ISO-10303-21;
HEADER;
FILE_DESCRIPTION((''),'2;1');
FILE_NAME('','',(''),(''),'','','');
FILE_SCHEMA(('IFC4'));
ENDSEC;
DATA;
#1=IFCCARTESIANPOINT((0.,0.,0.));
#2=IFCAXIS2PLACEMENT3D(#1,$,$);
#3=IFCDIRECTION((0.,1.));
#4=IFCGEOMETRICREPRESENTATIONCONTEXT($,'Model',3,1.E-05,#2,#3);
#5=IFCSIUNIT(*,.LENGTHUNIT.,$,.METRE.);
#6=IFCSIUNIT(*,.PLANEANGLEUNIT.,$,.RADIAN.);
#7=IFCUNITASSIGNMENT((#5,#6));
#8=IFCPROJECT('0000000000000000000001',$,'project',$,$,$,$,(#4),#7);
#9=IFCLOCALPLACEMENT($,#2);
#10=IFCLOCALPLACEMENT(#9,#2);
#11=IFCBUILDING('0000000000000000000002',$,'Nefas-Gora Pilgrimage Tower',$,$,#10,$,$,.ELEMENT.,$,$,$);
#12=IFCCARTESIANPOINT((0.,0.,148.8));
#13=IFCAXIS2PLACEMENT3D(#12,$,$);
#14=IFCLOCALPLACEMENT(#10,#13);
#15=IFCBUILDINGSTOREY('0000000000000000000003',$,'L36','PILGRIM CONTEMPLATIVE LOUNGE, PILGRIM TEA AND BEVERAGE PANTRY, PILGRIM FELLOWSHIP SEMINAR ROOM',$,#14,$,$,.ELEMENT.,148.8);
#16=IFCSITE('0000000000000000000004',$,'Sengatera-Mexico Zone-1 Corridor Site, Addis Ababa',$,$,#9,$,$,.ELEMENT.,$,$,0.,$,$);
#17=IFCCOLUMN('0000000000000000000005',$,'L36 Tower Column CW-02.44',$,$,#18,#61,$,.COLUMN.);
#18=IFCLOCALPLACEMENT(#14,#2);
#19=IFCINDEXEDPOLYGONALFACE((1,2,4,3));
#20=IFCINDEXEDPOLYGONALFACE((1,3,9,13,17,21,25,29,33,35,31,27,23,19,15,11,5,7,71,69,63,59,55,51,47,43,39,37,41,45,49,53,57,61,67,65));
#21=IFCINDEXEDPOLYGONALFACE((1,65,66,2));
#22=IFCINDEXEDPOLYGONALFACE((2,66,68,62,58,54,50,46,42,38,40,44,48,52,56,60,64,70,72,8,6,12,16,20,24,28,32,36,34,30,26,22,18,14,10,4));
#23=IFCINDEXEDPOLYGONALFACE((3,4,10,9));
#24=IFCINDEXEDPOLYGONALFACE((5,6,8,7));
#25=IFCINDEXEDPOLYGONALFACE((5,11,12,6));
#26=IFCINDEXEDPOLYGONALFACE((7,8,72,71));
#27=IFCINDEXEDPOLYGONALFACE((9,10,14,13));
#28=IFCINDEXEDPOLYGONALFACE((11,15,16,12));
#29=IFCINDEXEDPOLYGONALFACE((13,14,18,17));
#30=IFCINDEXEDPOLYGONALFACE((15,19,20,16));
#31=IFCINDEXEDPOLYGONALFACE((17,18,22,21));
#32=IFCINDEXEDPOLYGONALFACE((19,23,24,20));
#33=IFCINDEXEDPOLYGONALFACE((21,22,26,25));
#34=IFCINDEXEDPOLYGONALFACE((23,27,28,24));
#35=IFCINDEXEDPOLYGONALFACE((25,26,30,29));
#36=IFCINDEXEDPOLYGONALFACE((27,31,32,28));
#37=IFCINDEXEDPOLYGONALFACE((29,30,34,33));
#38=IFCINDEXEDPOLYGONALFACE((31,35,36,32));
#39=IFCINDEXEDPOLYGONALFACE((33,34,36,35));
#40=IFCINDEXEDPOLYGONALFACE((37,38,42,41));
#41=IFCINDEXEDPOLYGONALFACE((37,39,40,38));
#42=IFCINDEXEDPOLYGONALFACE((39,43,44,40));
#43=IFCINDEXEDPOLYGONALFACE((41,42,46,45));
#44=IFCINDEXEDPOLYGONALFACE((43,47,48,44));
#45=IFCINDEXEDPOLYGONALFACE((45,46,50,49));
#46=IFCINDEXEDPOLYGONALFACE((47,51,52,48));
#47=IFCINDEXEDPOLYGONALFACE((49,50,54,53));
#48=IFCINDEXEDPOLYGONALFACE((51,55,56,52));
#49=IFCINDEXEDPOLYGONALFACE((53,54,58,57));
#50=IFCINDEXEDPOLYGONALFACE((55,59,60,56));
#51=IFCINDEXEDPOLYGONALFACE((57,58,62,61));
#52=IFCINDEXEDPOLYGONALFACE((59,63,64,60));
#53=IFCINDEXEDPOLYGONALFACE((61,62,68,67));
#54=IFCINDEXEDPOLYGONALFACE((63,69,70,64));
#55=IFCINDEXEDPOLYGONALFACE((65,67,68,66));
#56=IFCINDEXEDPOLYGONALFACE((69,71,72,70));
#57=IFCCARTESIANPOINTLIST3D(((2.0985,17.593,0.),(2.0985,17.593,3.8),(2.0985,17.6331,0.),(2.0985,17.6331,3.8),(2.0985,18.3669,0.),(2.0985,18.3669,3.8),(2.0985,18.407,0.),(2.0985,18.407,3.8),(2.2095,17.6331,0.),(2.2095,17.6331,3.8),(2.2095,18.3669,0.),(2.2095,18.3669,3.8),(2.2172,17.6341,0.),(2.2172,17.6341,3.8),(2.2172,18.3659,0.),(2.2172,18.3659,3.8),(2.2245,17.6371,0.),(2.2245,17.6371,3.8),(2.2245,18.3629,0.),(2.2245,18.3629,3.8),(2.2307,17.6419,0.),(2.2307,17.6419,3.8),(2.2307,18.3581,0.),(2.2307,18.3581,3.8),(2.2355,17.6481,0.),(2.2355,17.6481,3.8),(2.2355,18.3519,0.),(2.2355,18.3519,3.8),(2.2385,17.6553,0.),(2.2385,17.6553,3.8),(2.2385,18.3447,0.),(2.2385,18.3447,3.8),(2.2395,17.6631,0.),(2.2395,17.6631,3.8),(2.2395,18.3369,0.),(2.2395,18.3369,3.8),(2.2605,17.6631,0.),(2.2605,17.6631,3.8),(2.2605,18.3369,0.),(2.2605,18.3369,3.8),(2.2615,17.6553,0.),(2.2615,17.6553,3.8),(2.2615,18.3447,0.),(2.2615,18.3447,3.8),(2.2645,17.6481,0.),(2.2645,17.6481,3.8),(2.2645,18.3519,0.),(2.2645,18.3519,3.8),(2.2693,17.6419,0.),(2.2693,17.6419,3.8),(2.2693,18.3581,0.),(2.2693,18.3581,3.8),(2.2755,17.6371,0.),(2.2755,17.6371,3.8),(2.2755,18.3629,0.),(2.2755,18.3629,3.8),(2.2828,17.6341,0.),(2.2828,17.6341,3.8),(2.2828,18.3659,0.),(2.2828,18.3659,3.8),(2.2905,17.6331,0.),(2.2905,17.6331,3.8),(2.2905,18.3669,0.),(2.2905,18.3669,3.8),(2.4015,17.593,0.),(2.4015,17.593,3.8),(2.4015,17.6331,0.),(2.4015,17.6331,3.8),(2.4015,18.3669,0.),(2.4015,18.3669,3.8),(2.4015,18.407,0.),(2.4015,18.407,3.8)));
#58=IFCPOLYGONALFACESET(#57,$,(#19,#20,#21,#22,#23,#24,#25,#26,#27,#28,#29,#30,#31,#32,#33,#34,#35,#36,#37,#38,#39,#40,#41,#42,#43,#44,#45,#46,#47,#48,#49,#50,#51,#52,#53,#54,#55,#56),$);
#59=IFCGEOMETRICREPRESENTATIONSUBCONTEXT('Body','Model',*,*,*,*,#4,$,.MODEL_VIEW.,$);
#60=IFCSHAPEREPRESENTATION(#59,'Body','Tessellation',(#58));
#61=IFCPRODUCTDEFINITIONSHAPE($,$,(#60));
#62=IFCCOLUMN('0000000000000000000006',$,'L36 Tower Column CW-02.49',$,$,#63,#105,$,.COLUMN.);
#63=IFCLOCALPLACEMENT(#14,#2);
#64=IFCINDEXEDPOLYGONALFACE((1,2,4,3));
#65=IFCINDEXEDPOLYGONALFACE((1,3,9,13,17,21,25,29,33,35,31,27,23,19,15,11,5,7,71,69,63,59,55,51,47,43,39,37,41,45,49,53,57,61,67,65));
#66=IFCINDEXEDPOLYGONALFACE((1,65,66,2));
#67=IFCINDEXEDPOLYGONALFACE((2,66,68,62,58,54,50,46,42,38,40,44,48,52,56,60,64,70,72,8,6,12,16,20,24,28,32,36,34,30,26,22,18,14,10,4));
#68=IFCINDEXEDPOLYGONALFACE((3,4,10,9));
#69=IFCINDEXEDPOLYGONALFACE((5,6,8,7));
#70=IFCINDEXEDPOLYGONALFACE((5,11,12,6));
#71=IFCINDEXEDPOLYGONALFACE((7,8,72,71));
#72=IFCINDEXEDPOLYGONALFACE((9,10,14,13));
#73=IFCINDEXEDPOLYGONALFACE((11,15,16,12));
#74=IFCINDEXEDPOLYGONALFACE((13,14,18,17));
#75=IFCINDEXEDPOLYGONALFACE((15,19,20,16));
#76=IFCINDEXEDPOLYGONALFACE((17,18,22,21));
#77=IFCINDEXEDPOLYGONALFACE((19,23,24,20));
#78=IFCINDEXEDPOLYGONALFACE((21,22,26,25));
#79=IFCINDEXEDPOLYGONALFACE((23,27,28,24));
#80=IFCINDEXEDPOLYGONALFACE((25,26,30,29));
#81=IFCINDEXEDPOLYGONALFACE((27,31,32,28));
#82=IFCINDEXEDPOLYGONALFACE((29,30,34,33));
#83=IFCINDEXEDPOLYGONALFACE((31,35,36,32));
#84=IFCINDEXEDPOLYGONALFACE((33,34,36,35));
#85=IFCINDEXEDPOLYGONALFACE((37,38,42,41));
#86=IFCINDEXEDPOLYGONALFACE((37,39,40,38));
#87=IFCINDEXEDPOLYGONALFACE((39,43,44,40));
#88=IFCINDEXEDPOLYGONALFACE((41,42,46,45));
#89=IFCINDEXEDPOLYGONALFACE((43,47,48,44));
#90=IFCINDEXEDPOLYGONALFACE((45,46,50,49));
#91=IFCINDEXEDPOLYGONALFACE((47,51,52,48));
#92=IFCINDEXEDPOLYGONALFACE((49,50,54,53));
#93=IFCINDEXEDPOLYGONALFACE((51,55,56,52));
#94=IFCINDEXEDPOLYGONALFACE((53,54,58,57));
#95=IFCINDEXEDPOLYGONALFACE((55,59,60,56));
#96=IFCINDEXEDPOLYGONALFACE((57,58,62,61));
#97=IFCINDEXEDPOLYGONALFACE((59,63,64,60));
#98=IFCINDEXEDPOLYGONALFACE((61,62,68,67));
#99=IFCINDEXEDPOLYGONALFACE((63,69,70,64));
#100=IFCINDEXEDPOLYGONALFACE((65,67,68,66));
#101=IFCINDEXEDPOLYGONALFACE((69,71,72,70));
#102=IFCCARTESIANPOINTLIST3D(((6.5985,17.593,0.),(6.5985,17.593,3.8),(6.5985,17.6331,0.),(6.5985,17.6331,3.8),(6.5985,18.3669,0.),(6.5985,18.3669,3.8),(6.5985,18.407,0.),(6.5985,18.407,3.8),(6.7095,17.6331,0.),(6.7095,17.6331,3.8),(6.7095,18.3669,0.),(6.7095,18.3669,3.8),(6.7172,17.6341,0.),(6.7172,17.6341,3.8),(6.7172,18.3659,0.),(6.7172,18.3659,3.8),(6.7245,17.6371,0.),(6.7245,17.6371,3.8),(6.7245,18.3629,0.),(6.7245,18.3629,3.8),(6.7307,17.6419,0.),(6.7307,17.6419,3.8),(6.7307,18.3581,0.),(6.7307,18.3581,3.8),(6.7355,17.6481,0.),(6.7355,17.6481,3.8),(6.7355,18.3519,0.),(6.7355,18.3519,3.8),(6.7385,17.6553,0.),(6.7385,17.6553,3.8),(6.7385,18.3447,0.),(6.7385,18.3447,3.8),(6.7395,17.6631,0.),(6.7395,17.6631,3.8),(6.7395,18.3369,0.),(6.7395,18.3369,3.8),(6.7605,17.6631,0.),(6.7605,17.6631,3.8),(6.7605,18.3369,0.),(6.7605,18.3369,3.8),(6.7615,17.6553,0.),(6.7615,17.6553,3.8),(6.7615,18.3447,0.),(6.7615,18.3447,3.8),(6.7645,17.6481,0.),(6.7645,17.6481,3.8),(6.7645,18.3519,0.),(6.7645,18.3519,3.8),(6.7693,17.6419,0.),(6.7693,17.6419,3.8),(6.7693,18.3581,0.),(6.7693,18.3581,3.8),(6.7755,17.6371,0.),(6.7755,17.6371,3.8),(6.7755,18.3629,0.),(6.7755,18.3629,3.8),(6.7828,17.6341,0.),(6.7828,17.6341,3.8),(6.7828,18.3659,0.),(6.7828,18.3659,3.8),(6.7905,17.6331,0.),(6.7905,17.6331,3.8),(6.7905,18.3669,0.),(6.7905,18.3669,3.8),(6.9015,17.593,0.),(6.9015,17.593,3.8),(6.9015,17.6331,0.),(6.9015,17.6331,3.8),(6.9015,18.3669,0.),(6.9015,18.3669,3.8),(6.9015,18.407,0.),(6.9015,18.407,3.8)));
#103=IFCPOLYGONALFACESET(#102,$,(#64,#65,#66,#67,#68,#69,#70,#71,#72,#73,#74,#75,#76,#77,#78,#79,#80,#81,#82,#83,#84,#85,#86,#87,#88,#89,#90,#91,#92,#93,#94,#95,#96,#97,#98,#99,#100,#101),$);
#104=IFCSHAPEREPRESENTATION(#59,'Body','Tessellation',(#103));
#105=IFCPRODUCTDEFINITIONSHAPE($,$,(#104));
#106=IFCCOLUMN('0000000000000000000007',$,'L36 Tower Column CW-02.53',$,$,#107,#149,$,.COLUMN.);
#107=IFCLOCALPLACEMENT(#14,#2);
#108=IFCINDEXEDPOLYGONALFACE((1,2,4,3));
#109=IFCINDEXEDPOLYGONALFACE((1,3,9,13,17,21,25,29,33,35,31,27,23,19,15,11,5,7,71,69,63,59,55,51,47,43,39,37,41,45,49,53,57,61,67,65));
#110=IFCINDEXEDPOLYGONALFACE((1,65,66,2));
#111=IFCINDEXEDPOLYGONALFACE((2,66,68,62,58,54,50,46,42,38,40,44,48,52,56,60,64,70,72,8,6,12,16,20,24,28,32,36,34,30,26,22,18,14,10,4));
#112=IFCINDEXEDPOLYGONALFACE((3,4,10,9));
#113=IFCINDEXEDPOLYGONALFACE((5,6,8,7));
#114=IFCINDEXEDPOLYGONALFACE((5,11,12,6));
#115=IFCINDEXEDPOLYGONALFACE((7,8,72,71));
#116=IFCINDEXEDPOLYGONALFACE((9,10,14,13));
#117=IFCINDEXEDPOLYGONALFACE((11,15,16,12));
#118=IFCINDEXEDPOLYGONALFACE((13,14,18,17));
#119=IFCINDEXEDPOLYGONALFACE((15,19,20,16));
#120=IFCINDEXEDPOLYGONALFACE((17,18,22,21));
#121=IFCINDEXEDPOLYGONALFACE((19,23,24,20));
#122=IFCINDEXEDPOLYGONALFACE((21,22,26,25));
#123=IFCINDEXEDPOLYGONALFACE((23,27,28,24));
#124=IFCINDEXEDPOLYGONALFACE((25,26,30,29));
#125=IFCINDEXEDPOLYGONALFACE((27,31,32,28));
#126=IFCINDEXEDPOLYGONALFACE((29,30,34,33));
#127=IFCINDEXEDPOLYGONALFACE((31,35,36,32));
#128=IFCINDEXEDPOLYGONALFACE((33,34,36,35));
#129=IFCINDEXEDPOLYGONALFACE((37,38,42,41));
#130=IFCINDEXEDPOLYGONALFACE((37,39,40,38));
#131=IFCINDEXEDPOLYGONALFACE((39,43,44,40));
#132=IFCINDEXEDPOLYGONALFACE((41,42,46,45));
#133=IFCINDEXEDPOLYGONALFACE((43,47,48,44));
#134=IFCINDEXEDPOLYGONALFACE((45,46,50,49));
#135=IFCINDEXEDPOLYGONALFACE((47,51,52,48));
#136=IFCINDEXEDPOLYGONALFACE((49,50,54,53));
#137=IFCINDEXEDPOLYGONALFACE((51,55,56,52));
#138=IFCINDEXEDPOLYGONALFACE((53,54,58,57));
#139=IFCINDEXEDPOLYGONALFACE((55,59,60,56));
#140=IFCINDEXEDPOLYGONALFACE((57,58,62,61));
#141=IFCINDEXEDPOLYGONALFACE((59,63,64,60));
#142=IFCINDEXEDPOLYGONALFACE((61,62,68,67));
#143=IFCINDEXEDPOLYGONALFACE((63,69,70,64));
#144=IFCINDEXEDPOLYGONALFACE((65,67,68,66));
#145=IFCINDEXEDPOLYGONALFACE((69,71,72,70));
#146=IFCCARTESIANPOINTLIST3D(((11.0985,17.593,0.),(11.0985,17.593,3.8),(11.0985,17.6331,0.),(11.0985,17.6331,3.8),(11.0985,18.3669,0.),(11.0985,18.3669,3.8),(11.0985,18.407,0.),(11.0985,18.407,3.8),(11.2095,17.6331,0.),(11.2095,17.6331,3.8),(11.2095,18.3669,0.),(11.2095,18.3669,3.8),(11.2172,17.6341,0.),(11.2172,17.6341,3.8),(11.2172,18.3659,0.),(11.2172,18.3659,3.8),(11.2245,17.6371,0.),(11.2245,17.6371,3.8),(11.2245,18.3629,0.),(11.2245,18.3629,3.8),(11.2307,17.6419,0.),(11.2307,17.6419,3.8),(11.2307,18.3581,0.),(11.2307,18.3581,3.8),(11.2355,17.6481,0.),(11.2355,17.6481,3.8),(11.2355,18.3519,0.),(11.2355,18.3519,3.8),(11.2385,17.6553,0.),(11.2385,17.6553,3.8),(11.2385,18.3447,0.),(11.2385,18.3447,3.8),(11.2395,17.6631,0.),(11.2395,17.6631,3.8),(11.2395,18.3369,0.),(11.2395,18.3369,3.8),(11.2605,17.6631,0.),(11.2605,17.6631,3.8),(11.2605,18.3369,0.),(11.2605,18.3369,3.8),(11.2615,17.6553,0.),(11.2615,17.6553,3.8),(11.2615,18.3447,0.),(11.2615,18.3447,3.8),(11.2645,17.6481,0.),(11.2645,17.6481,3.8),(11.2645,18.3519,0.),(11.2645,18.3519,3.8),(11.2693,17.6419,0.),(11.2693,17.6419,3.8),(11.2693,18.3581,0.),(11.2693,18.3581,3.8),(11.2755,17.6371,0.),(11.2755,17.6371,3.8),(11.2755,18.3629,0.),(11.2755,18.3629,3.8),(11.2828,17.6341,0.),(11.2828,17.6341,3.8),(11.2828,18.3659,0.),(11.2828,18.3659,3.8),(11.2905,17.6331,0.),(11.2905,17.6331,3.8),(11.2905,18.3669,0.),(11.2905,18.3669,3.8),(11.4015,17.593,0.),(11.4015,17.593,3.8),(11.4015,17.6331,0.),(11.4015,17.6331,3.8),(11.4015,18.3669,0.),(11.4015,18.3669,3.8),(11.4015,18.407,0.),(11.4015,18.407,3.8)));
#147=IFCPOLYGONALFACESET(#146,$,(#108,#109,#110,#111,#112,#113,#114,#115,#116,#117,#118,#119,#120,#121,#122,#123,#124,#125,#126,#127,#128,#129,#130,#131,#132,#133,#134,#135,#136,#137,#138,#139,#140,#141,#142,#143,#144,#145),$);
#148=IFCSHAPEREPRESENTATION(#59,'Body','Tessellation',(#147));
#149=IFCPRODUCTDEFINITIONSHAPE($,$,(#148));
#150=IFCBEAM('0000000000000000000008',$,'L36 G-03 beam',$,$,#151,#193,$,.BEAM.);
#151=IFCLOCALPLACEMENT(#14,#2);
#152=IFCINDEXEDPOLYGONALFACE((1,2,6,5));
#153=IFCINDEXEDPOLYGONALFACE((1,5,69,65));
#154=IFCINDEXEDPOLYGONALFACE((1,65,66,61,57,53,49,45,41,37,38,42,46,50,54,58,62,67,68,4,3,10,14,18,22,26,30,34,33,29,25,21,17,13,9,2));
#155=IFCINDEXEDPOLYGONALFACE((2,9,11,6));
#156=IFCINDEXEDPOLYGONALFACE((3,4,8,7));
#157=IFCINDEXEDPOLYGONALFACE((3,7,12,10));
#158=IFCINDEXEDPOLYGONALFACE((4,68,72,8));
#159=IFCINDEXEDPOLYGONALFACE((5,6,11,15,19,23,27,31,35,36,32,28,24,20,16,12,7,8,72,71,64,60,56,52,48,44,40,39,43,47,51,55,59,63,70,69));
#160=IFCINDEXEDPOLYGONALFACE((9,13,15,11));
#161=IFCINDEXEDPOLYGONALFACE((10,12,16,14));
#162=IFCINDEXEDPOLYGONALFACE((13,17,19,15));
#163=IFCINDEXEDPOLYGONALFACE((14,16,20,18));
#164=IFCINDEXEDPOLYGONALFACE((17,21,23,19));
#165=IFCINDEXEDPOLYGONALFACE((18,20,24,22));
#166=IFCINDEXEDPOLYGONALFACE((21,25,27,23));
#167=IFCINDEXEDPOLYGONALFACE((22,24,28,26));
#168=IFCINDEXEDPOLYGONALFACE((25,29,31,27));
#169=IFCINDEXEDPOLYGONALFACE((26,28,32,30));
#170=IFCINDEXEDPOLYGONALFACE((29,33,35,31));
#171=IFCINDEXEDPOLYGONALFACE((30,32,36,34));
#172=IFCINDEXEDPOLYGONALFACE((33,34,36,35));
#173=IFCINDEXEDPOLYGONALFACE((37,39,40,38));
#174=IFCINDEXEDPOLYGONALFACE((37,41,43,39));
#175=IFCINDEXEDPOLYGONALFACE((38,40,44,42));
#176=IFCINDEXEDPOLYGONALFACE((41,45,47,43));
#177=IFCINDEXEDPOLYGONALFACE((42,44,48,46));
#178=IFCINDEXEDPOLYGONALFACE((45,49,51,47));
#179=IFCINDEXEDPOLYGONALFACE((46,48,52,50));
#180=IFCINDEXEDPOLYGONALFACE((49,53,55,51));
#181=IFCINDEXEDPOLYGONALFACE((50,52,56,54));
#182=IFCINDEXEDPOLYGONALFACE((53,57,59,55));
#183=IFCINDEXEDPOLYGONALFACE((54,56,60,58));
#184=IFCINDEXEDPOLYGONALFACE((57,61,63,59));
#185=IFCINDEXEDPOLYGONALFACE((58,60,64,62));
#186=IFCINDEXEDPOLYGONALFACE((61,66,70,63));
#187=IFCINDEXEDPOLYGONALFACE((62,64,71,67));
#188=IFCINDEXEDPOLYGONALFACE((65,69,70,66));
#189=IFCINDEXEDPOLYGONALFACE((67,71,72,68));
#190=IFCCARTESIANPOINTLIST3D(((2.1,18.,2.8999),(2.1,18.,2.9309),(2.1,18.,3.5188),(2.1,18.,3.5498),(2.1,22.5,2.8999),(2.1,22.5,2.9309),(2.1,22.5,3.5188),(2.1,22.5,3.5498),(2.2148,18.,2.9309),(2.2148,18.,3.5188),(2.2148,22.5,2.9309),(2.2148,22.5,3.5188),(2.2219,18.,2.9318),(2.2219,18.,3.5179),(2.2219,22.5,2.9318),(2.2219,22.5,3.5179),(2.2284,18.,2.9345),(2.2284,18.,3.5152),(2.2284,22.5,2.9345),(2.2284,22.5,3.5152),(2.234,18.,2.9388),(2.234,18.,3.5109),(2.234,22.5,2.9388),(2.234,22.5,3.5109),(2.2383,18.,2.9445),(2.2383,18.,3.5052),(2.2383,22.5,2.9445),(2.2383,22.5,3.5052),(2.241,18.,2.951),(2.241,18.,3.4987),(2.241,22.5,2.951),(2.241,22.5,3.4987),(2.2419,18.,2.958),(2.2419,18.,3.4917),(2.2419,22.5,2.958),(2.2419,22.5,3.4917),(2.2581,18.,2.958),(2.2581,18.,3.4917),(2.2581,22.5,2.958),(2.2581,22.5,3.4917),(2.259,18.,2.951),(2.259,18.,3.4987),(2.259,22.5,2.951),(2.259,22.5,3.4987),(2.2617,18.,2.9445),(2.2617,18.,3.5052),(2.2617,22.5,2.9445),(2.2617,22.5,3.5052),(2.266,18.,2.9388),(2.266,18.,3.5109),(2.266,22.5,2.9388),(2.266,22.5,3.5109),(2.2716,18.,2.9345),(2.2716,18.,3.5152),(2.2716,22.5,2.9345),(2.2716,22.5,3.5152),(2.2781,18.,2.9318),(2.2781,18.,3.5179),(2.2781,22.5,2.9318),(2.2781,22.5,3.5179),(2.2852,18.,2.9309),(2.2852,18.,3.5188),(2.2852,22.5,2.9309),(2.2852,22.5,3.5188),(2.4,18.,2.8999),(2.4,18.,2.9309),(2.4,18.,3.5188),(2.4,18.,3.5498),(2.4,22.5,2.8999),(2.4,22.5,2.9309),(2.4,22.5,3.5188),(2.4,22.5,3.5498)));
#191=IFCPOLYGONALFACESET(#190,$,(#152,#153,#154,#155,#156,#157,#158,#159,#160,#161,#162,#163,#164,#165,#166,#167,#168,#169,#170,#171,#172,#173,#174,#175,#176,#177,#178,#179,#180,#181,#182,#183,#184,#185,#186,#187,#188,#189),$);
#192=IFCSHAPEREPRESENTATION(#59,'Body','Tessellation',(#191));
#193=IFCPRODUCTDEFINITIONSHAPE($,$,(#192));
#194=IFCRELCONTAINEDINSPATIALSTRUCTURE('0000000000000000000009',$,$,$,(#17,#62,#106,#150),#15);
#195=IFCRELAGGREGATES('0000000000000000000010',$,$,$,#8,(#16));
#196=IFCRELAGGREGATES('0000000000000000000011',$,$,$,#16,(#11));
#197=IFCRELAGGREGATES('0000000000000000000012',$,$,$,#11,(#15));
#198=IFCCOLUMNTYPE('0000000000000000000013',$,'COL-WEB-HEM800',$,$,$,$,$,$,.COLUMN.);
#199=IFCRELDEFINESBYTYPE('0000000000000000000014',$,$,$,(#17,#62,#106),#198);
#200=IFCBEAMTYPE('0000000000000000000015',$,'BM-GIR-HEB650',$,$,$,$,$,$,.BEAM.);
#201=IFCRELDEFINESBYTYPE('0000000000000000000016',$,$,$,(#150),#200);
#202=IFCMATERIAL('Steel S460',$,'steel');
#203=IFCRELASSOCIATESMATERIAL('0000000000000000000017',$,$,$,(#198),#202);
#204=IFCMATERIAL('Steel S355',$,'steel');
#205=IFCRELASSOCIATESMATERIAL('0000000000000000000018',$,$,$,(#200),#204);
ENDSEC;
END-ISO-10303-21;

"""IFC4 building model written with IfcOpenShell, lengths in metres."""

from ifc_helpers import new_model, si_unit, direction, frame, origin, origin_2d, place, context, subcontext, project, spatial, i_section, extrude, source, transform, mapped, material, material_profile, profile_set, type_object, element, save


model = new_model("IFC4")

# Units and contexts
model_context = context("Model", 3, precision=1e-05, world=origin(), true_north=direction((0.0, 1.0)))
body_context = subcontext(model_context, "Body", "Model", "MODEL_VIEW")
ifc_project = project(units=[si_unit("LENGTHUNIT", "METRE"), si_unit("PLANEANGLEUNIT", "RADIAN")], contexts=[model_context])

# Site, building, storey
site_placement = place(None, origin())
site = spatial("IfcSite", under=ifc_project, at=site_placement, Name="Sengatera-Mexico Zone-1 Corridor Site, Addis Ababa", CompositionType="ELEMENT", RefElevation=0.0)
building_placement = place(site_placement, origin())
building = spatial("IfcBuilding", under=site, at=building_placement, Name="Nefas-Gora Pilgrimage Tower", CompositionType="ELEMENT")
storey_placement = place(building_placement, frame((0.0, 0.0, 148.8)))
storey = spatial("IfcBuildingStorey", under=building, at=storey_placement, Name="L36", Description="PILGRIM CONTEMPLATIVE LOUNGE, PILGRIM TEA AND BEVERAGE PANTRY, PILGRIM FELLOWSHIP SEMINAR ROOM", CompositionType="ELEMENT", Elevation=148.8)

# Columns
ifc_material_1 = material(Name="Steel S460", Category="steel")
ifc_material_profile_1 = material_profile(ifc_material_1, i_section(OverallWidth=0.303, OverallDepth=0.814, WebThickness=0.021, FlangeThickness=0.04, FilletRadius=0.03, at=origin_2d()), Name="HEM 800")
ifc_profile_set_1 = profile_set([ifc_material_profile_1], Name="Steel S460")
column_type = type_object("IfcColumnType", Name="COL-WEB-HEM800", PredefinedType="COLUMN", material=ifc_profile_set_1)
shared_shape_1 = source(origin(), body_context, "Body", "SweptSolid", [
    extrude(i_section(OverallWidth=0.303, OverallDepth=0.814, WebThickness=0.021, FlangeThickness=0.04, FilletRadius=0.03, at=origin_2d()), origin(), (0.0, 0.0, 1.0), 3.8),
])
for number, where, z_axis, x_axis, name in (
    (1, (2.25, 18.0, 0.0), (0.0, 0.0, 1.0), (1.0, 0.0, 0.0), "L36 Tower Column CW-02.44"),
    (2, (6.75, 18.0, 0.0), (0.0, 0.0, 1.0), (1.0, 0.0, 0.0), "L36 Tower Column CW-02.49"),
    (3, (11.25, 18.0, 0.0), (0.0, 0.0, 1.0), (1.0, 0.0, 0.0), "L36 Tower Column CW-02.53"),
):
    element("IfcColumn", number, at=place(storey_placement, frame(where, z_axis=z_axis, x_axis=x_axis)), inside=storey, type_object=column_type, Name=name, PredefinedType="COLUMN", context=body_context, shape_type="MappedRepresentation", body=[
        mapped(shared_shape_1, transform((0.0, 0.0, 0.0), x_axis=(1.0, 0.0, 0.0), y_axis=(0.0, 1.0, 0.0), z_axis=(0.0, 0.0, 1.0), scale=1.0)),
    ])

# Beam
ifc_material_2 = material(Name="Steel S355", Category="steel")
ifc_material_profile_2 = material_profile(ifc_material_2, i_section(OverallWidth=0.3, OverallDepth=0.6499, WebThickness=0.0161, FlangeThickness=0.031, FilletRadius=0.0271, at=origin_2d()), Name="HEB 650")
ifc_profile_set_2 = profile_set([ifc_material_profile_2], Name="Steel S355")
beam_type = type_object("IfcBeamType", Name="BM-GIR-HEB650", PredefinedType="BEAM", material=ifc_profile_set_2)
shared_shape_2 = source(origin(), body_context, "Body", "SweptSolid", [
    extrude(i_section(OverallWidth=0.3, OverallDepth=0.6499, WebThickness=0.0161, FlangeThickness=0.031, FilletRadius=0.0271, at=origin_2d()), origin(), (0.0, 0.0, 1.0), 4.5),
])
for number, where, z_axis, x_axis, name in (
    (4, (2.25, 18.0, 3.2249), (0.0, 1.0, 0.0), (-1.0, 0.0, 0.0), "L36 G-03 beam"),
):
    element("IfcBeam", number, at=place(storey_placement, frame(where, z_axis=z_axis, x_axis=x_axis)), inside=storey, type_object=beam_type, Name=name, PredefinedType="BEAM", context=body_context, shape_type="MappedRepresentation", body=[
        mapped(shared_shape_2, transform((0.0, 0.0, 0.0), x_axis=(1.0, 0.0, 0.0), y_axis=(0.0, 1.0, 0.0), z_axis=(0.0, 0.0, 1.0), scale=1.0)),
    ])

save(model, "model.ifc")
